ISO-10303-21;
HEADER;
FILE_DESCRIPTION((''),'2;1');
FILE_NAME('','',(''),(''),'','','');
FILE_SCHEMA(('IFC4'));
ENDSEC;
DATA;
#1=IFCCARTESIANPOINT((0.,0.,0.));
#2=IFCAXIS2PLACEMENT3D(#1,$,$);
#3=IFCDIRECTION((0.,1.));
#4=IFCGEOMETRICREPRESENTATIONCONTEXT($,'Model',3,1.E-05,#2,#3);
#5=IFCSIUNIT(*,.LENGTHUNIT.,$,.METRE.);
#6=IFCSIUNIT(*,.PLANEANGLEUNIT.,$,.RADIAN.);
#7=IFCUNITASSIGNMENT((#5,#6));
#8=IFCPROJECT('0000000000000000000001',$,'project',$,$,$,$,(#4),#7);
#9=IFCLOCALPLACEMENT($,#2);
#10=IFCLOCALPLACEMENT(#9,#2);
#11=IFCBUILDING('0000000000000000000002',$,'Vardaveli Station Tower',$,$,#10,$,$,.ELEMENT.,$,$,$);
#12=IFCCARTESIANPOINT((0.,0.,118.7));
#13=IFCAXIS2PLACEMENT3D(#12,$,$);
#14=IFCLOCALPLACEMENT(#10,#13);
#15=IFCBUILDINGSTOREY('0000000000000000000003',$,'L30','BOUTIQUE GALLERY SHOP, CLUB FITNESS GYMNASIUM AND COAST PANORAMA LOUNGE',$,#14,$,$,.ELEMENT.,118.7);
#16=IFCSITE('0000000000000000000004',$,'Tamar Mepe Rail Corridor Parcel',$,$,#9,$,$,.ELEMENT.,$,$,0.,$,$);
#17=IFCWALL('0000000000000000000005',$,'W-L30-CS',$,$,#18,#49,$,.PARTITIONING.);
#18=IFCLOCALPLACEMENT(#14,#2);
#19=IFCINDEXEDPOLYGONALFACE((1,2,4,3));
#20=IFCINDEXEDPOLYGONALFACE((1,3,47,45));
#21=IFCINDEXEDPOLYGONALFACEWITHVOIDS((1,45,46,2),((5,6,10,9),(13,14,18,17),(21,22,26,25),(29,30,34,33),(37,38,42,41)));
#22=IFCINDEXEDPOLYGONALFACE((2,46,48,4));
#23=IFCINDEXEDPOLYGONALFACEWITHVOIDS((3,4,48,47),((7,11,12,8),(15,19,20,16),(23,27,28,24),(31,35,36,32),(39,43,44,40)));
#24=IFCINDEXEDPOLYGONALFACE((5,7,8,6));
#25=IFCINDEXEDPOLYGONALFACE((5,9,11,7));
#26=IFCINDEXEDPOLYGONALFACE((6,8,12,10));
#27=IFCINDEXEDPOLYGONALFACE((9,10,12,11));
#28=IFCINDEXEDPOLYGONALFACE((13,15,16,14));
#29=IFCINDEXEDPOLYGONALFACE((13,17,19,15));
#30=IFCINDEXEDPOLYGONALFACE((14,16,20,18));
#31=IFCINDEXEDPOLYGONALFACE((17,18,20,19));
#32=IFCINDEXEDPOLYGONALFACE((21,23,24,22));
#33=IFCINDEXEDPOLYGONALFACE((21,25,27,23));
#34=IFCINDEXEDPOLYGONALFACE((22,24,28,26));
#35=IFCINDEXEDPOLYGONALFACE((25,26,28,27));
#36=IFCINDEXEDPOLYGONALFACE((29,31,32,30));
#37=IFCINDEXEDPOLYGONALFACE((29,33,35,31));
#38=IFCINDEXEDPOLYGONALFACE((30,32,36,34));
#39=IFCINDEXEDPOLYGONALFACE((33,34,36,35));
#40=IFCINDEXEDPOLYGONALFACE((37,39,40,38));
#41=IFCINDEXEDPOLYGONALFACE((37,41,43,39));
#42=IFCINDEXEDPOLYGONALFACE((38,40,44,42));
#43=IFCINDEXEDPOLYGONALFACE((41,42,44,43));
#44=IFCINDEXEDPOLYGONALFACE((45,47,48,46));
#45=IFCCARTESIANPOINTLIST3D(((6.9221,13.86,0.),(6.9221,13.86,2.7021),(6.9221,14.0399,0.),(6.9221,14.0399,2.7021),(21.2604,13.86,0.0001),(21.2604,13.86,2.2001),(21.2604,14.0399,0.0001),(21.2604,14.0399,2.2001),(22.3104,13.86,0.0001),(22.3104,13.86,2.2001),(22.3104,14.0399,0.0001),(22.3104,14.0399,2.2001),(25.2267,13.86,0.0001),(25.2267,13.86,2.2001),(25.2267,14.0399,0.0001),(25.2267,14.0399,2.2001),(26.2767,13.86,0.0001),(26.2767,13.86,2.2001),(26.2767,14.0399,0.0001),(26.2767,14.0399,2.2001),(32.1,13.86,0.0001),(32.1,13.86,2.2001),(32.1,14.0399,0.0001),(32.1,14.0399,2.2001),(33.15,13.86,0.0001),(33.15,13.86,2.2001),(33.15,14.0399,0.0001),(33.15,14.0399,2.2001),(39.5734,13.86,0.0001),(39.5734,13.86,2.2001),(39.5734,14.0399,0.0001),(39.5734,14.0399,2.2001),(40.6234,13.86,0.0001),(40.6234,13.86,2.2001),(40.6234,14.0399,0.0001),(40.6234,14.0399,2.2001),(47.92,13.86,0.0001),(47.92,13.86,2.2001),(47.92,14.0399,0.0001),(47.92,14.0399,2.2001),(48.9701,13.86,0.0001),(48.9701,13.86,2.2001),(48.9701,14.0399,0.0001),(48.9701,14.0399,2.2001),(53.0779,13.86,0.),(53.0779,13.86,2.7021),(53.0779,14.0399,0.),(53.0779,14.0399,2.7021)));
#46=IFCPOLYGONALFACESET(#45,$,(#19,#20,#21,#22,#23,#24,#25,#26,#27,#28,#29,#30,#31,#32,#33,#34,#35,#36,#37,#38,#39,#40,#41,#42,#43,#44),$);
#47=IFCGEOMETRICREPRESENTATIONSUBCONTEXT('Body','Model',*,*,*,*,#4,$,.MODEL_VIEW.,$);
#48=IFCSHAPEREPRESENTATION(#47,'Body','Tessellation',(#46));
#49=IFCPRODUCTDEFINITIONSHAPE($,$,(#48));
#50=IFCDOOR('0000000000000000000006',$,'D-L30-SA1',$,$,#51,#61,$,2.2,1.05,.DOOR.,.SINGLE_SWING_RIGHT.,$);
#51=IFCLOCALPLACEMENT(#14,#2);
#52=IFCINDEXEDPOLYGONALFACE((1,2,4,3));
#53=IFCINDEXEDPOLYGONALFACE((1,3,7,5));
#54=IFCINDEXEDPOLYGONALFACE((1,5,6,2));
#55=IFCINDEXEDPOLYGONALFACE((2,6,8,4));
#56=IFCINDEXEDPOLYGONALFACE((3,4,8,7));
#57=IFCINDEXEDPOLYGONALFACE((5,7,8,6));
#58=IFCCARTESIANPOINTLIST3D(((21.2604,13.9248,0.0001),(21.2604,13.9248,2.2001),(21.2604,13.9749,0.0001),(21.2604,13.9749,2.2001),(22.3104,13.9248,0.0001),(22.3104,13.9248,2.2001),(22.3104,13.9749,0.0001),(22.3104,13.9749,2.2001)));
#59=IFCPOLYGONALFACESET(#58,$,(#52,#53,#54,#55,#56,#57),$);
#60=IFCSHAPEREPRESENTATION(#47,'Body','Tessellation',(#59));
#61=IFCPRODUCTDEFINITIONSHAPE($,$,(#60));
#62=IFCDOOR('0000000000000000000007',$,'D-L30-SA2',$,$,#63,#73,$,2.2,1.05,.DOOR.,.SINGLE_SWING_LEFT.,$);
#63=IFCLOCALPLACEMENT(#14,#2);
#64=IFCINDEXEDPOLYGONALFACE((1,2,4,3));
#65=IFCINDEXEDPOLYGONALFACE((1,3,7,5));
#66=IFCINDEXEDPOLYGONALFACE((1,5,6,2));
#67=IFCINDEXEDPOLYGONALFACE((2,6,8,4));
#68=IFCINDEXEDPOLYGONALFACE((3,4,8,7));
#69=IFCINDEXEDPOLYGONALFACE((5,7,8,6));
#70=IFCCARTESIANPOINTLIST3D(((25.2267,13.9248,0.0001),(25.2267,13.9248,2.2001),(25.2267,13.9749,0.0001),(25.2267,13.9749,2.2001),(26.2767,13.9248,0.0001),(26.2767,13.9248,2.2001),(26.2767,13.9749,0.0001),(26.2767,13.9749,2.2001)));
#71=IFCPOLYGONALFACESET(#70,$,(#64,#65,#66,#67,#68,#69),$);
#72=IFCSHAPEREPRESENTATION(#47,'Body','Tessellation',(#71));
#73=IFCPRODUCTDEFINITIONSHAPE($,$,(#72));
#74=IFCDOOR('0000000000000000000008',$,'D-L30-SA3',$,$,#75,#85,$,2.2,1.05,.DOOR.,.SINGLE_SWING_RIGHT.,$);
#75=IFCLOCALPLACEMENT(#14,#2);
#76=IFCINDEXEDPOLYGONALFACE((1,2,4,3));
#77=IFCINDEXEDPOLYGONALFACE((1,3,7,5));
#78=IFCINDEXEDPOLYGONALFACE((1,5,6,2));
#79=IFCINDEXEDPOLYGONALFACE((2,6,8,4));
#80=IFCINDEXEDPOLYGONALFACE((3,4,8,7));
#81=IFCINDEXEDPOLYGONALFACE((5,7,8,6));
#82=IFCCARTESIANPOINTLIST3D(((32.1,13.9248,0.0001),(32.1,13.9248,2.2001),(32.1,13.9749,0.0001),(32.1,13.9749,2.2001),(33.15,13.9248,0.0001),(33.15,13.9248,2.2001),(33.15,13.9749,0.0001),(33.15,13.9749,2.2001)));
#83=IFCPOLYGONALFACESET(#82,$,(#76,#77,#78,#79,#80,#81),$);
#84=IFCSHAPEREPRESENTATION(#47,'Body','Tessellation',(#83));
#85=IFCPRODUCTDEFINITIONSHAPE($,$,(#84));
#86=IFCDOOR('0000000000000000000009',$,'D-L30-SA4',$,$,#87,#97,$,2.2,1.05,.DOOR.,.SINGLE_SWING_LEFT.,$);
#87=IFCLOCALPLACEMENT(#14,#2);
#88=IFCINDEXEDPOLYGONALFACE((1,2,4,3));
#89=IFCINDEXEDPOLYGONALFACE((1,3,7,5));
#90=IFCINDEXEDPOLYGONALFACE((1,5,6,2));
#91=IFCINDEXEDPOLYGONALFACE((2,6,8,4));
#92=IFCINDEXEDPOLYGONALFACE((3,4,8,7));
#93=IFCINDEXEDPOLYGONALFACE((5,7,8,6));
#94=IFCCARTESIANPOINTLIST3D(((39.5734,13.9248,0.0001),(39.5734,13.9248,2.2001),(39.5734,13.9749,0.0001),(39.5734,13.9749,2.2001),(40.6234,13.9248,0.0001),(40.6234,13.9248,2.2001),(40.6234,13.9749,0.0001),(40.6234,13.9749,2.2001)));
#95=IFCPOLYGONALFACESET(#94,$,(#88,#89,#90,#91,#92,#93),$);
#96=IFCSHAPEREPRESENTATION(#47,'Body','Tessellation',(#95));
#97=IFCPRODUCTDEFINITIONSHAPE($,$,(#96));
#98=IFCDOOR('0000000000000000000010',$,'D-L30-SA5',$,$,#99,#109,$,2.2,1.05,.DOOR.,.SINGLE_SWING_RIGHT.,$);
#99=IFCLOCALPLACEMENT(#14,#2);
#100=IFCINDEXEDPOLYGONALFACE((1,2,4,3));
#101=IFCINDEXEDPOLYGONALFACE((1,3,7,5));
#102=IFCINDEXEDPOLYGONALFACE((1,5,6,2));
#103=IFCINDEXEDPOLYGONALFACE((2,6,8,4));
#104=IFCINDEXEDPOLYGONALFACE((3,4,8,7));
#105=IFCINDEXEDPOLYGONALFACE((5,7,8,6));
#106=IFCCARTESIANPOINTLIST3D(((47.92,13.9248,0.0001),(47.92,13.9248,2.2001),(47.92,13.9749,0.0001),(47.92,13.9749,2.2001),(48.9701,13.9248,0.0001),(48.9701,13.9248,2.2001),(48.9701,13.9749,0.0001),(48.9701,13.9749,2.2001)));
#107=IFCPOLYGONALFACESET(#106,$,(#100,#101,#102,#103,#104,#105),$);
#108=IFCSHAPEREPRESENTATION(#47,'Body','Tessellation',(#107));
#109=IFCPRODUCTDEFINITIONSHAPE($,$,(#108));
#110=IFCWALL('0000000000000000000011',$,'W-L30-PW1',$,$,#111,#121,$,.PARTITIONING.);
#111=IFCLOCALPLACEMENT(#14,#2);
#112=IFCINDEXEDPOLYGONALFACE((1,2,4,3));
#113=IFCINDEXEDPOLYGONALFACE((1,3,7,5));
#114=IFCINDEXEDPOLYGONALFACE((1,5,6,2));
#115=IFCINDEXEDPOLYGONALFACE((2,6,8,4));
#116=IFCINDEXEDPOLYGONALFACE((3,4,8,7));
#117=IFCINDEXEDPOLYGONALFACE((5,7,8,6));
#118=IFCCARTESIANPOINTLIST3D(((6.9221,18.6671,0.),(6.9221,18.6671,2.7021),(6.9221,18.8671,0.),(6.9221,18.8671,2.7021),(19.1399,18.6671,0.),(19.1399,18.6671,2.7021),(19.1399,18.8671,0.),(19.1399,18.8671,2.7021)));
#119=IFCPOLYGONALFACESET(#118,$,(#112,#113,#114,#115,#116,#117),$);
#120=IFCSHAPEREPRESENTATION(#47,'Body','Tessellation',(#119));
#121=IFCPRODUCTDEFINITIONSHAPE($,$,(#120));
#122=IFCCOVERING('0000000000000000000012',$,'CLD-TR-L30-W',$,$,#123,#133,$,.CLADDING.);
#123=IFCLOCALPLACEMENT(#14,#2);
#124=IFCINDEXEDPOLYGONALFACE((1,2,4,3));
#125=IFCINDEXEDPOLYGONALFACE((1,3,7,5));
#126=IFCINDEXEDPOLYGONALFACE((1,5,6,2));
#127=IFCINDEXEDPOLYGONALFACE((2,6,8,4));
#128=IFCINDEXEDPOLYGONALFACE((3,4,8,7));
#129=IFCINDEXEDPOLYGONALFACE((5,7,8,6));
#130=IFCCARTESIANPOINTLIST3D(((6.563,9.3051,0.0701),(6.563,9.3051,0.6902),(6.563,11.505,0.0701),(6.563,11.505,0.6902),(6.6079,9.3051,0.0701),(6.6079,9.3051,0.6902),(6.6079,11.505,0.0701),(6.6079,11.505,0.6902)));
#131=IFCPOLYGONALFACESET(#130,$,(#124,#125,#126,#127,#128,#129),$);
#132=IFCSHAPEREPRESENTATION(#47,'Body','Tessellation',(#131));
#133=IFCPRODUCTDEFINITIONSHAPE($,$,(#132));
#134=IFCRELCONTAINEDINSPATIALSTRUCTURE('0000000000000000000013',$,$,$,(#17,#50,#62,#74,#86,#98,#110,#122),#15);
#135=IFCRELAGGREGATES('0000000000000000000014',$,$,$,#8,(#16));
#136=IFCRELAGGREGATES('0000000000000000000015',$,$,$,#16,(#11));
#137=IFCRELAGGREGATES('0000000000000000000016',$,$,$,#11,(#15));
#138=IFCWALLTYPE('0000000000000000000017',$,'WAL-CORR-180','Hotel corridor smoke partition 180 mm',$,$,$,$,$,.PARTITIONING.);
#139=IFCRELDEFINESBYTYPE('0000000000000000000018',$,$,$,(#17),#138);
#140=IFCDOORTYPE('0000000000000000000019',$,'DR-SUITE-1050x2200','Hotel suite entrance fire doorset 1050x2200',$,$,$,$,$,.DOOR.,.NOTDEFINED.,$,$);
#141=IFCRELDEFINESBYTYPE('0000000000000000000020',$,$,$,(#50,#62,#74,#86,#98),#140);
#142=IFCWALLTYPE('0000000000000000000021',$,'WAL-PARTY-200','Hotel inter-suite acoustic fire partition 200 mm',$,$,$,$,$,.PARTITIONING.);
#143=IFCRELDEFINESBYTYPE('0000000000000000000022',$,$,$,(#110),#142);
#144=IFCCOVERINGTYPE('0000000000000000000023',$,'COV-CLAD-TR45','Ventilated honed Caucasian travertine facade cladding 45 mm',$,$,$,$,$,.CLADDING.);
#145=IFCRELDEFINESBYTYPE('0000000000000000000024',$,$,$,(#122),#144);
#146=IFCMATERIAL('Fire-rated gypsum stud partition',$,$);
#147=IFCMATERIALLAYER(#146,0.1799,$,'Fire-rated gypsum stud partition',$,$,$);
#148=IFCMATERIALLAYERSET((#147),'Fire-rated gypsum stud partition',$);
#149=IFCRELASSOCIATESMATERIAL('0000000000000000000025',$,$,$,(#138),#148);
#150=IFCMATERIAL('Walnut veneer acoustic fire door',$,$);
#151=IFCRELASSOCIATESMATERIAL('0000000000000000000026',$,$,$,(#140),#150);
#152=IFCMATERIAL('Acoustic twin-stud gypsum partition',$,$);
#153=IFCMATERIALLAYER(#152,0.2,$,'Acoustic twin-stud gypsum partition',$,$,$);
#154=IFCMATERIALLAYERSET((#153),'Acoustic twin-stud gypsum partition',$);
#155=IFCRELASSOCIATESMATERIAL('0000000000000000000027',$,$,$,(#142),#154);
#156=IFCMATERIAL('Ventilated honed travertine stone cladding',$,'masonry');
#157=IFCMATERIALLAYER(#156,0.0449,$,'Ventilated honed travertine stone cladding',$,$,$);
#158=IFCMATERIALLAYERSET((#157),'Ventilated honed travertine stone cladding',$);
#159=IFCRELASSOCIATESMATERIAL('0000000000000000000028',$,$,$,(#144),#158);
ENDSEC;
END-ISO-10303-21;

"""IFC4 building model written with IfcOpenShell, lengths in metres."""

from ifc_helpers import new_model, si_unit, direction, frame, frame_2d, origin, origin_2d, place, context, subcontext, project, spatial, rectangle, extrude, source, transform, mapped, material, layer, layer_set, type_object, element, fill, save


model = new_model("IFC4")

# Units and contexts
model_context = context("Model", 3, precision=1e-05, world=origin(), true_north=direction((0.0, 1.0)))
body_context = subcontext(model_context, "Body", "Model", "MODEL_VIEW")
ifc_project = project(units=[si_unit("LENGTHUNIT", "METRE"), si_unit("PLANEANGLEUNIT", "RADIAN")], contexts=[model_context])

# Site, building, storey
site_placement = place(None, origin())
site = spatial("IfcSite", under=ifc_project, at=site_placement, Name="Tamar Mepe Rail Corridor Parcel", CompositionType="ELEMENT", RefElevation=0.0)
building_placement = place(site_placement, origin())
building = spatial("IfcBuilding", under=site, at=building_placement, Name="Vardaveli Station Tower", CompositionType="ELEMENT")
storey_placement = place(building_placement, frame((0.0, 0.0, 118.7)))
storey = spatial("IfcBuildingStorey", under=building, at=storey_placement, Name="L30", Description="BOUTIQUE GALLERY SHOP, CLUB FITNESS GYMNASIUM AND COAST PANORAMA LOUNGE", CompositionType="ELEMENT", Elevation=118.7)

# Wall, openings, doors
ifc_material_1 = material(Name="Fire-rated gypsum stud partition")
ifc_layer_1 = layer(ifc_material_1, 0.1799, Name="Fire-rated gypsum stud partition")
ifc_layer_set_1 = layer_set([ifc_layer_1], Name="Fire-rated gypsum stud partition")
wall_type_1 = type_object("IfcWallType", Name="WAL-CORR-180", Description="Hotel corridor smoke partition 180 mm", PredefinedType="PARTITIONING", material=ifc_layer_set_1)
shared_shape_1 = source(origin(), body_context, "Body", "SweptSolid", [
    extrude(rectangle(XDim=46.1558, YDim=0.1799, at=frame_2d((23.0779, 0.0))), origin(), (0.0, 0.0, 1.0), 2.7021),
])
wall_1_placement = place(storey_placement, frame((6.9221, 13.95, 0.0), z_axis=(0.0, 0.0, 1.0), x_axis=(1.0, 0.0, 0.0)))
wall_1 = element("IfcWall", 1, at=wall_1_placement, inside=storey, type_object=wall_type_1, Name="W-L30-CS", PredefinedType="PARTITIONING", context=body_context, shape_type="MappedRepresentation", body=[
    mapped(shared_shape_1, transform((0.0, 0.0, 0.0), scale=1.0)),
])
shared_shape_2 = source(origin(), body_context, "Body", "SweptSolid", [
    extrude(rectangle(XDim=1.05, YDim=2.2, at=frame_2d((0.5249, 1.1001))), frame((0.0, 0.1001, 0.0), z_axis=(0.0, -1.0, 0.0), x_axis=(1.0, 0.0, 0.0)), (0.0, 0.0, 1.0), 0.2),
])
opening_1_placement = place(wall_1_placement, frame((14.3384, 0.0, 0.0)))
opening_1 = element("IfcOpeningElement", 2, at=opening_1_placement, cuts=wall_1, PredefinedType="OPENING", context=body_context, shape_type="MappedRepresentation", body=[
    mapped(shared_shape_2, transform((0.0, 0.0, 0.0), scale=1.0)),
])
opening_2_placement = place(wall_1_placement, frame((18.3047, 0.0, 0.0)))
opening_2 = element("IfcOpeningElement", 3, at=opening_2_placement, cuts=wall_1, PredefinedType="OPENING", context=body_context, shape_type="MappedRepresentation", body=[
    mapped(shared_shape_2, transform((0.0, 0.0, 0.0), scale=1.0)),
])
opening_3_placement = place(wall_1_placement, frame((25.178, 0.0, 0.0)))
opening_3 = element("IfcOpeningElement", 4, at=opening_3_placement, cuts=wall_1, PredefinedType="OPENING", context=body_context, shape_type="MappedRepresentation", body=[
    mapped(shared_shape_2, transform((0.0, 0.0, 0.0), scale=1.0)),
])
opening_4_placement = place(wall_1_placement, frame((32.6514, 0.0, 0.0)))
opening_4 = element("IfcOpeningElement", 5, at=opening_4_placement, cuts=wall_1, PredefinedType="OPENING", context=body_context, shape_type="MappedRepresentation", body=[
    mapped(shared_shape_2, transform((0.0, 0.0, 0.0), scale=1.0)),
])
opening_5_placement = place(wall_1_placement, frame((40.998, 0.0, 0.0)))
opening_5 = element("IfcOpeningElement", 6, at=opening_5_placement, cuts=wall_1, PredefinedType="OPENING", context=body_context, shape_type="MappedRepresentation", body=[
    mapped(shared_shape_2, transform((0.0, 0.0, 0.0), scale=1.0)),
])
ifc_material_2 = material(Name="Walnut veneer acoustic fire door")
door_type = type_object("IfcDoorType", Name="DR-SUITE-1050x2200", Description="Hotel suite entrance fire doorset 1050x2200", OperationType="NOTDEFINED", PredefinedType="DOOR", material=ifc_material_2)
shared_shape_3 = source(origin(), body_context, "Body", "SweptSolid", [
    extrude(rectangle(XDim=1.05, YDim=2.2, at=frame_2d((0.5249, 1.1001))), frame((0.0, 0.0249, 0.0), z_axis=(0.0, -1.0, 0.0), x_axis=(1.0, 0.0, 0.0)), (0.0, 0.0, 1.0), 0.05),
])
door_1_placement = place(opening_1_placement, origin())
door_1 = element("IfcDoor", 7, at=door_1_placement, inside=storey, type_object=door_type, Name="D-L30-SA1", OperationType="SINGLE_SWING_RIGHT", OverallHeight=2.2, OverallWidth=1.05, PredefinedType="DOOR", context=body_context, shape_type="MappedRepresentation", body=[
    mapped(shared_shape_3, transform((0.0, 0.0, 0.0), scale=1.0)),
])
fill(opening_1, door_1)
door_2_placement = place(opening_2_placement, origin())
door_2 = element("IfcDoor", 8, at=door_2_placement, inside=storey, type_object=door_type, Name="D-L30-SA2", OperationType="SINGLE_SWING_LEFT", OverallHeight=2.2, OverallWidth=1.05, PredefinedType="DOOR", context=body_context, shape_type="MappedRepresentation", body=[
    mapped(shared_shape_3, transform((0.0, 0.0, 0.0), scale=1.0)),
])
fill(opening_2, door_2)
door_3_placement = place(opening_3_placement, origin())
door_3 = element("IfcDoor", 9, at=door_3_placement, inside=storey, type_object=door_type, Name="D-L30-SA3", OperationType="SINGLE_SWING_RIGHT", OverallHeight=2.2, OverallWidth=1.05, PredefinedType="DOOR", context=body_context, shape_type="MappedRepresentation", body=[
    mapped(shared_shape_3, transform((0.0, 0.0, 0.0), scale=1.0)),
])
fill(opening_3, door_3)
door_4_placement = place(opening_4_placement, origin())
door_4 = element("IfcDoor", 10, at=door_4_placement, inside=storey, type_object=door_type, Name="D-L30-SA4", OperationType="SINGLE_SWING_LEFT", OverallHeight=2.2, OverallWidth=1.05, PredefinedType="DOOR", context=body_context, shape_type="MappedRepresentation", body=[
    mapped(shared_shape_3, transform((0.0, 0.0, 0.0), scale=1.0)),
])
fill(opening_4, door_4)
door_5_placement = place(opening_5_placement, origin())
door_5 = element("IfcDoor", 11, at=door_5_placement, inside=storey, type_object=door_type, Name="D-L30-SA5", OperationType="SINGLE_SWING_RIGHT", OverallHeight=2.2, OverallWidth=1.05, PredefinedType="DOOR", context=body_context, shape_type="MappedRepresentation", body=[
    mapped(shared_shape_3, transform((0.0, 0.0, 0.0), scale=1.0)),
])
fill(opening_5, door_5)

# Wall
ifc_material_3 = material(Name="Acoustic twin-stud gypsum partition")
ifc_layer_2 = layer(ifc_material_3, 0.2, Name="Acoustic twin-stud gypsum partition")
ifc_layer_set_2 = layer_set([ifc_layer_2], Name="Acoustic twin-stud gypsum partition")
wall_type_2 = type_object("IfcWallType", Name="WAL-PARTY-200", Description="Hotel inter-suite acoustic fire partition 200 mm", PredefinedType="PARTITIONING", material=ifc_layer_set_2)
shared_shape_4 = source(origin(), body_context, "Body", "SweptSolid", [
    extrude(rectangle(XDim=12.2178, YDim=0.2, at=frame_2d((6.1089, 0.0))), origin(), (0.0, 0.0, 1.0), 2.7021),
])
wall_2_placement = place(storey_placement, frame((6.9221, 18.7671, 0.0), z_axis=(0.0, 0.0, 1.0), x_axis=(1.0, 0.0, 0.0)))
element("IfcWall", 12, at=wall_2_placement, inside=storey, type_object=wall_type_2, Name="W-L30-PW1", PredefinedType="PARTITIONING", context=body_context, shape_type="MappedRepresentation", body=[
    mapped(shared_shape_4, transform((0.0, 0.0, 0.0), scale=1.0)),
])

# Covering
ifc_material_4 = material(Name="Ventilated honed travertine stone cladding", Category="masonry")
ifc_layer_3 = layer(ifc_material_4, 0.0449, Name="Ventilated honed travertine stone cladding")
ifc_layer_set_3 = layer_set([ifc_layer_3], Name="Ventilated honed travertine stone cladding")
covering_type = type_object("IfcCoveringType", Name="COV-CLAD-TR45", Description="Ventilated honed Caucasian travertine facade cladding 45 mm", PredefinedType="CLADDING", material=ifc_layer_set_3)
shared_shape_5 = source(origin(), body_context, "Body", "SweptSolid", [
    extrude(rectangle(XDim=2.2, YDim=0.0449, at=origin_2d()), origin(), (0.0, 0.0, 1.0), 0.6201),
])
covering_placement = place(storey_placement, frame((6.5854, 10.405, 0.0701), z_axis=(0.0, 0.0, 1.0), x_axis=(0.0, 1.0, 0.0)))
element("IfcCovering", 13, at=covering_placement, inside=storey, type_object=covering_type, Name="CLD-TR-L30-W", PredefinedType="CLADDING", context=body_context, shape_type="MappedRepresentation", body=[
    mapped(shared_shape_5, transform((0.0, 0.0, 0.0), scale=1.0)),
])

save(model, "model.ifc")
